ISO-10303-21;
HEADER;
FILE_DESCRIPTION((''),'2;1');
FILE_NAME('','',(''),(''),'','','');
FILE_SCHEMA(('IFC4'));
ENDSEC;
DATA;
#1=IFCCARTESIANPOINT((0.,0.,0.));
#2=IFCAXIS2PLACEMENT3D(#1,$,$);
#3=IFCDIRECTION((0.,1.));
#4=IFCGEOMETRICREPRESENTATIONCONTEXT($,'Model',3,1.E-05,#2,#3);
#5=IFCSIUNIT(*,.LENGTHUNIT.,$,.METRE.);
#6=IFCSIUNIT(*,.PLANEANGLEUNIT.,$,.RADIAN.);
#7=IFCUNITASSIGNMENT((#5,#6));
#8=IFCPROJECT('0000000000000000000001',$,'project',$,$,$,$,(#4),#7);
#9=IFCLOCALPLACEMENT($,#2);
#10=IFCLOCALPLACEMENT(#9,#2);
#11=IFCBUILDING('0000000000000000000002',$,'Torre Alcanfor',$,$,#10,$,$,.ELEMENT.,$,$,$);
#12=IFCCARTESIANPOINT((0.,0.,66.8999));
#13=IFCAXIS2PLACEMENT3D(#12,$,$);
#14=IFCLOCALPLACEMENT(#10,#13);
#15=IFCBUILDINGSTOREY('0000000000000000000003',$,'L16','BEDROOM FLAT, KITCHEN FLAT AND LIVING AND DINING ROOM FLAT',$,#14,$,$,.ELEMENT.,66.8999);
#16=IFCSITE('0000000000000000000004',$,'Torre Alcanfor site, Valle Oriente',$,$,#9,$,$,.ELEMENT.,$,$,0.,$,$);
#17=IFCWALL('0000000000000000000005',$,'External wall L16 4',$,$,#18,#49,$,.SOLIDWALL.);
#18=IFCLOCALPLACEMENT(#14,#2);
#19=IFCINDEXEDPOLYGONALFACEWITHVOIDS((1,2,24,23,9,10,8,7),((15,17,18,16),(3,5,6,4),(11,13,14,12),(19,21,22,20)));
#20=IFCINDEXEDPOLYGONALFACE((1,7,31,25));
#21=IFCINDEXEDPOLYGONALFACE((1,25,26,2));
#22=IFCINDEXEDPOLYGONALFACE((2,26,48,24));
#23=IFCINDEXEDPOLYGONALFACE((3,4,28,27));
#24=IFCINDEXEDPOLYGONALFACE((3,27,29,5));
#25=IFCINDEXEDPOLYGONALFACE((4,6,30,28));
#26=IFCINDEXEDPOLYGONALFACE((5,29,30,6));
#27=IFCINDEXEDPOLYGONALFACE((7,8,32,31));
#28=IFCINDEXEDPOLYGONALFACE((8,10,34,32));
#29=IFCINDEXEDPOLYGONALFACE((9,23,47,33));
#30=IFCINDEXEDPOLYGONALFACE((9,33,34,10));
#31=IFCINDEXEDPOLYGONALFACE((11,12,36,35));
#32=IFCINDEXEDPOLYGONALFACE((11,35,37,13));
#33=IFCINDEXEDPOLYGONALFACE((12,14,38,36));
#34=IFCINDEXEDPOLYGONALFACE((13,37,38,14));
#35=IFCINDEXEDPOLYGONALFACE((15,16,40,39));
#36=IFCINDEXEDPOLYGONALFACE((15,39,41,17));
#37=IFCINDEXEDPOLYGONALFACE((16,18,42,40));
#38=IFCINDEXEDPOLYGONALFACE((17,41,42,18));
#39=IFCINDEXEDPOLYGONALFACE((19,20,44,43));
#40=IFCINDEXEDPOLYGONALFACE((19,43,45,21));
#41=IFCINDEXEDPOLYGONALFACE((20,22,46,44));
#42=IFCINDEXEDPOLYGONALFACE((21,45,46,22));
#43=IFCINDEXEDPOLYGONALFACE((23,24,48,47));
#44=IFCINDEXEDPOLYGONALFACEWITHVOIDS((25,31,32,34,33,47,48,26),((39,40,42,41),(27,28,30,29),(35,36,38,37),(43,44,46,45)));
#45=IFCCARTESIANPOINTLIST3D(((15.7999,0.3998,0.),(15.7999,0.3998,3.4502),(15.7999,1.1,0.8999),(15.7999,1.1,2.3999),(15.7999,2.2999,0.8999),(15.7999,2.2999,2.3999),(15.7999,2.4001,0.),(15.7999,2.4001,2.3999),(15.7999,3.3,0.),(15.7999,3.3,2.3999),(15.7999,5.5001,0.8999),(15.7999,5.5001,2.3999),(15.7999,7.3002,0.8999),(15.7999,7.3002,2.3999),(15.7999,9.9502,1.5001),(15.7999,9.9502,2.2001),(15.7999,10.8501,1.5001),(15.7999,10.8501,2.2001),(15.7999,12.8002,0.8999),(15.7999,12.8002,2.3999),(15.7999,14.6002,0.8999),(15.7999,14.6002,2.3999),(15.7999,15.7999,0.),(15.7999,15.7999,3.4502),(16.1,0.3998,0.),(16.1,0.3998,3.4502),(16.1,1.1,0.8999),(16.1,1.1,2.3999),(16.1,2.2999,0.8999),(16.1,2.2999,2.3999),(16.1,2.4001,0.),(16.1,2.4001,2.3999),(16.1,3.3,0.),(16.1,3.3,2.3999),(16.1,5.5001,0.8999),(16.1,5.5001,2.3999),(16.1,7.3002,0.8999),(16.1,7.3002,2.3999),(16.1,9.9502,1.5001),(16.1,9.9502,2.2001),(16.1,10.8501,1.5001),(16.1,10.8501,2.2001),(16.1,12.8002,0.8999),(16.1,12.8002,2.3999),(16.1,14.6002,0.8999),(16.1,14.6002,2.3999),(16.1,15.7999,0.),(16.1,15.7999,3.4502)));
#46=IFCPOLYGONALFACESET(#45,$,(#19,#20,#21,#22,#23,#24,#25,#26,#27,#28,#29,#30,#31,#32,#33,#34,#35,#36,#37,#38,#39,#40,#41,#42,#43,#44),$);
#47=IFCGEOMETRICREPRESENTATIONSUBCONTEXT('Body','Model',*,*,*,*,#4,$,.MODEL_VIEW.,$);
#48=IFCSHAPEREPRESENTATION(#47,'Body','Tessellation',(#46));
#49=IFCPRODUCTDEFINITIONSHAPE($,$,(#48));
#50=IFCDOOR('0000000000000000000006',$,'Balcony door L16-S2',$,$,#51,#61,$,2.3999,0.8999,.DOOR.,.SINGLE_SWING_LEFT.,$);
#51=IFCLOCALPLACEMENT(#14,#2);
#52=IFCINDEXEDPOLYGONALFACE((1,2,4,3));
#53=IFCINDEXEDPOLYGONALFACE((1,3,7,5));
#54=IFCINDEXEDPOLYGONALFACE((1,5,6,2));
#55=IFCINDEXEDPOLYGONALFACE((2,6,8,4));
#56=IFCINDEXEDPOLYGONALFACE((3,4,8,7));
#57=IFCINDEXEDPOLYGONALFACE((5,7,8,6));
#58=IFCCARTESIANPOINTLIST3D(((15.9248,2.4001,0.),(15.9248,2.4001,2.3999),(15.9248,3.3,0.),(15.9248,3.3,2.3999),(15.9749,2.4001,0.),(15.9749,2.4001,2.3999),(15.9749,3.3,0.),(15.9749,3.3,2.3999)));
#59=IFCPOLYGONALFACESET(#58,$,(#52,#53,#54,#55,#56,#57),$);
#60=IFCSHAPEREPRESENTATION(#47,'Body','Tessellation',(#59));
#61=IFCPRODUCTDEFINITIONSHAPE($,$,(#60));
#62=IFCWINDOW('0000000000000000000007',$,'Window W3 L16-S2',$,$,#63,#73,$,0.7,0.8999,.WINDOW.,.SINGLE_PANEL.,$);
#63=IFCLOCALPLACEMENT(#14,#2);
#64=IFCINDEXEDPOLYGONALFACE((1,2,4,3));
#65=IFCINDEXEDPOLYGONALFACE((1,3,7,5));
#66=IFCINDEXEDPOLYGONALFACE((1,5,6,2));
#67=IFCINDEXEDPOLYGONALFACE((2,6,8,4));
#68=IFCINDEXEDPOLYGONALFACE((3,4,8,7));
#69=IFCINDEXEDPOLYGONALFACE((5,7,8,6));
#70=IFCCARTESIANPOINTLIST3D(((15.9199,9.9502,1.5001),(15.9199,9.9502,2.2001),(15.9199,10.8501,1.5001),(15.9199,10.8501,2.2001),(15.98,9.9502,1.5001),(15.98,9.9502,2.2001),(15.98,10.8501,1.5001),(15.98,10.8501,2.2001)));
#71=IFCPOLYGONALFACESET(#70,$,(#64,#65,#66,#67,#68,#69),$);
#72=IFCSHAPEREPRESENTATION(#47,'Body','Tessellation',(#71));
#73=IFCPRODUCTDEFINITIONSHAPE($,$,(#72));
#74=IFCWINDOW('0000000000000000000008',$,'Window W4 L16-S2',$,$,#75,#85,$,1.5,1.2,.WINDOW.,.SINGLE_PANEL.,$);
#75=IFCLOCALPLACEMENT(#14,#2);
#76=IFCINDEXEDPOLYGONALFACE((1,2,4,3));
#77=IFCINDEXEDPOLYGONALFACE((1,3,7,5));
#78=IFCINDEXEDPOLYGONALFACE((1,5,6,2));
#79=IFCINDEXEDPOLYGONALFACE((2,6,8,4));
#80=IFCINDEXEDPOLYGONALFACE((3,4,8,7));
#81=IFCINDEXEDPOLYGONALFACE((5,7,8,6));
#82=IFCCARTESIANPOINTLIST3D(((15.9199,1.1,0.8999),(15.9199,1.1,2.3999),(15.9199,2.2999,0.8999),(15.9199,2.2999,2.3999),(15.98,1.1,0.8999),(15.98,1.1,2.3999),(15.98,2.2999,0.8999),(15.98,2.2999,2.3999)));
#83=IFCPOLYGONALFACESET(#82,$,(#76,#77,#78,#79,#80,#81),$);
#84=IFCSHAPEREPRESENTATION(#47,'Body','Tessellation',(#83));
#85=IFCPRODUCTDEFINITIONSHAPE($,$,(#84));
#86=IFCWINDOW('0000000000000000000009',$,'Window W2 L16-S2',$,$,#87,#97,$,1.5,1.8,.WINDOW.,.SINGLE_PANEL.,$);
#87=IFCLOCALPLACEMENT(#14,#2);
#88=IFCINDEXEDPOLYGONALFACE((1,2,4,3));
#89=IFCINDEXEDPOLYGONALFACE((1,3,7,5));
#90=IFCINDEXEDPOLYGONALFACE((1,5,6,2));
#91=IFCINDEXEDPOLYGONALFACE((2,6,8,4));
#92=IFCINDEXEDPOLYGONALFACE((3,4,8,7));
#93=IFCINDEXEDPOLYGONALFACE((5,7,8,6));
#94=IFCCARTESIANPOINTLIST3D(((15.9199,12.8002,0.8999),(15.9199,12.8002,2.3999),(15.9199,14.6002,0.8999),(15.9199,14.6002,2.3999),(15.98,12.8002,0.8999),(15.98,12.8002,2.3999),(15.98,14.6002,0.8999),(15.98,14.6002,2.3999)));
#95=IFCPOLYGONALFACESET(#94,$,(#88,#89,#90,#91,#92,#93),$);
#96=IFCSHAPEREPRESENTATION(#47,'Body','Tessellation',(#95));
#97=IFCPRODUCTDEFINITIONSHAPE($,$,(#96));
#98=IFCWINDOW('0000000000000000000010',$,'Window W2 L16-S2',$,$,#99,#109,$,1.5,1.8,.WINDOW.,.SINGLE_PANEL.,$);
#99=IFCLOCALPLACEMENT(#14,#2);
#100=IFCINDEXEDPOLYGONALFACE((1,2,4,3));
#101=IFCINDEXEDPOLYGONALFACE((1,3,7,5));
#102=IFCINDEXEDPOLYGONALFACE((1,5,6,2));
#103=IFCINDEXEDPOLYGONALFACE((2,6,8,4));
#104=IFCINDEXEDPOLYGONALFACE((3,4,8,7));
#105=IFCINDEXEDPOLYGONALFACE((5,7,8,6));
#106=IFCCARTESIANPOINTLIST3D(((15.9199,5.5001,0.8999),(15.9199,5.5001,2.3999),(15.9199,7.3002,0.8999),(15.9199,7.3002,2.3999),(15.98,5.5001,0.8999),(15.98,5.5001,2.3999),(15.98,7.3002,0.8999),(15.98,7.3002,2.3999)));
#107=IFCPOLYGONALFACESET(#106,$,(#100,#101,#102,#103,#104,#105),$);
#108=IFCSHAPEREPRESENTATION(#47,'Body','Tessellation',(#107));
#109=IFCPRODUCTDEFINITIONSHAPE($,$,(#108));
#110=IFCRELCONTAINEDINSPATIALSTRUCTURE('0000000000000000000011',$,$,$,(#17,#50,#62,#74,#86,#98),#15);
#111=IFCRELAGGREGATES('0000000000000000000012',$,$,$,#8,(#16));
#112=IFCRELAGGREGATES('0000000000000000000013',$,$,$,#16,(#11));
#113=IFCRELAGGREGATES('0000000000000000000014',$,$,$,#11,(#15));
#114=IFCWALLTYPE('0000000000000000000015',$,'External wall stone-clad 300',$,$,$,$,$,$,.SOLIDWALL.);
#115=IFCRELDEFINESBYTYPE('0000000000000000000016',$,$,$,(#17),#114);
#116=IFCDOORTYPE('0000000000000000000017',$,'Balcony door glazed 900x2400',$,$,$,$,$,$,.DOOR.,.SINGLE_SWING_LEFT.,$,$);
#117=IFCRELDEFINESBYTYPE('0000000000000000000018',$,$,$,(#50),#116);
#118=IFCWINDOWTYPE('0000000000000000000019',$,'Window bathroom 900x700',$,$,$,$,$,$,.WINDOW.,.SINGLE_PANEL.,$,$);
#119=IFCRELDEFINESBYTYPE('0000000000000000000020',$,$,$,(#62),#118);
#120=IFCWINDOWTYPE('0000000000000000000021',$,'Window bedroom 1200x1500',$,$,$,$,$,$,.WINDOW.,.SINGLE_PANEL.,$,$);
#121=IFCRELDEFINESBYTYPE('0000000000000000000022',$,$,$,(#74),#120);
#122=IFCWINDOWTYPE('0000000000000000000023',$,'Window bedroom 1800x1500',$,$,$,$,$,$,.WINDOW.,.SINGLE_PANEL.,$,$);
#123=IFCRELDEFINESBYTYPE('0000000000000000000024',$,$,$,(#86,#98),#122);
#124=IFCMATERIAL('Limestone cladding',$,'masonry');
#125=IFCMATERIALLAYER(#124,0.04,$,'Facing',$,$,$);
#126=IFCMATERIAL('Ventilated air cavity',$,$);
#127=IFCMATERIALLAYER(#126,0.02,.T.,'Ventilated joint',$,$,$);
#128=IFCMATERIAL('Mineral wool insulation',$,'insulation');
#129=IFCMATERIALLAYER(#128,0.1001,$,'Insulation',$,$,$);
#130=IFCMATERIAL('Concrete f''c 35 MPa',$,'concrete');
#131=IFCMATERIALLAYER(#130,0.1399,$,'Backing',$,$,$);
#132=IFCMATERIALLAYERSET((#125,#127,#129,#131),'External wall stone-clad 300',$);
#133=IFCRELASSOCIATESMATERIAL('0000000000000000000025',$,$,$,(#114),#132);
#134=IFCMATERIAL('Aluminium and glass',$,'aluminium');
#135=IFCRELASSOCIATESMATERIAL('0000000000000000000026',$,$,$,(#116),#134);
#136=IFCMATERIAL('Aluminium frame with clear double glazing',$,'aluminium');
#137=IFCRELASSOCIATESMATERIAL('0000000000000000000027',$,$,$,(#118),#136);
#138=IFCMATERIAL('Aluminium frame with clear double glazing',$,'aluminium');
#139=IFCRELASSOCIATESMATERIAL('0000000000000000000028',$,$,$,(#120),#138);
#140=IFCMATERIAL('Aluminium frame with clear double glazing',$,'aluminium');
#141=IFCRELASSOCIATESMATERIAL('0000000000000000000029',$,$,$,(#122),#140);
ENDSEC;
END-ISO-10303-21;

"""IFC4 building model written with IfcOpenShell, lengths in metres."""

from ifc_helpers import new_model, si_unit, direction, frame, frame_2d, origin, place, context, subcontext, project, spatial, rectangle, extrude, material, layer, layer_set, type_object, element, fill, save


model = new_model("IFC4")

# Units and contexts
model_context = context("Model", 3, precision=1e-05, world=origin(), true_north=direction((0.0, 1.0)))
body_context = subcontext(model_context, "Body", "Model", "MODEL_VIEW")
ifc_project = project(units=[si_unit("LENGTHUNIT", "METRE"), si_unit("PLANEANGLEUNIT", "RADIAN")], contexts=[model_context])

# Site, building, storey
site_placement = place(None, origin())
site = spatial("IfcSite", under=ifc_project, at=site_placement, Name="Torre Alcanfor site, Valle Oriente", CompositionType="ELEMENT", RefElevation=0.0)
building_placement = place(site_placement, origin())
building = spatial("IfcBuilding", under=site, at=building_placement, Name="Torre Alcanfor", CompositionType="ELEMENT")
storey_placement = place(building_placement, frame((0.0, 0.0, 66.8999)))
storey = spatial("IfcBuildingStorey", under=building, at=storey_placement, Name="L16", Description="BEDROOM FLAT, KITCHEN FLAT AND LIVING AND DINING ROOM FLAT", CompositionType="ELEMENT", Elevation=66.8999)

# Wall, openings, door, windows
ifc_material_1 = material(Name="Limestone cladding", Category="masonry")
ifc_layer_1 = layer(ifc_material_1, 0.04, Name="Facing")
ifc_material_2 = material(Name="Ventilated air cavity")
ifc_layer_2 = layer(ifc_material_2, 0.02, ventilated=True, Name="Ventilated joint")
ifc_material_3 = material(Name="Mineral wool insulation", Category="insulation")
ifc_layer_3 = layer(ifc_material_3, 0.1001, Name="Insulation")
ifc_material_4 = material(Name="Concrete f'c 35 MPa", Category="concrete")
ifc_layer_4 = layer(ifc_material_4, 0.1399, Name="Backing")
ifc_layer_set_1 = layer_set([ifc_layer_1, ifc_layer_2, ifc_layer_3, ifc_layer_4], Name="External wall stone-clad 300")
wall_type_1 = type_object("IfcWallType", Name="External wall stone-clad 300", PredefinedType="SOLIDWALL", material=ifc_layer_set_1)
ifc_material_5 = material(Name="Aluminium and glass", Category="aluminium")
door_type = type_object("IfcDoorType", Name="Balcony door glazed 900x2400", OperationType="SINGLE_SWING_LEFT", PredefinedType="DOOR", material=ifc_material_5)
ifc_material_6 = material(Name="Aluminium frame with clear double glazing", Category="aluminium")
window_type_1 = type_object("IfcWindowType", Name="Window bathroom 900x700", PartitioningType="SINGLE_PANEL", PredefinedType="WINDOW", material=ifc_material_6)
ifc_material_7 = material(Name="Aluminium frame with clear double glazing", Category="aluminium")
window_type_2 = type_object("IfcWindowType", Name="Window bedroom 1200x1500", PartitioningType="SINGLE_PANEL", PredefinedType="WINDOW", material=ifc_material_7)
ifc_material_8 = material(Name="Aluminium frame with clear double glazing", Category="aluminium")
window_type_3 = type_object("IfcWindowType", Name="Window bedroom 1800x1500", PartitioningType="SINGLE_PANEL", PredefinedType="WINDOW", material=ifc_material_8)
wall_1_placement = place(storey_placement, frame((15.95, 15.8, 0.0), z_axis=(0.0, 0.0, 1.0), x_axis=(0.0, -1.0, 0.0)))
wall_1 = element("IfcWall", 1, at=wall_1_placement, inside=storey, type_object=wall_type_1, Name="External wall L16 4", PredefinedType="SOLIDWALL", context=body_context, shape_type="SweptSolid", body=[
    extrude(rectangle(XDim=15.4001, YDim=0.3, at=frame_2d((7.7002, 0.0))), origin(), (0.0, 0.0, 1.0), 3.4502),
])
opening_1_placement = place(wall_1_placement, frame((1.2, 0.0, 0.8999)))
opening_1 = element("IfcOpeningElement", 2, at=opening_1_placement, cuts=wall_1, PredefinedType="OPENING", context=body_context, shape_type="SweptSolid", body=[
    extrude(rectangle(XDim=1.8, YDim=1.5, at=frame_2d((0.8999, 0.75))), frame((0.0, 0.1599, 0.0), z_axis=(0.0, -1.0, 0.0), x_axis=(1.0, 0.0, 0.0)), (0.0, 0.0, 1.0), 0.3201),
])
opening_2_placement = place(wall_1_placement, frame((4.95, 0.0, 1.5)))
opening_2 = element("IfcOpeningElement", 3, at=opening_2_placement, cuts=wall_1, PredefinedType="OPENING", context=body_context, shape_type="SweptSolid", body=[
    extrude(rectangle(XDim=0.8999, YDim=0.7, at=frame_2d((0.45, 0.3501))), frame((0.0, 0.1599, 0.0), z_axis=(0.0, -1.0, 0.0), x_axis=(1.0, 0.0, 0.0)), (0.0, 0.0, 1.0), 0.3201),
])
opening_3_placement = place(wall_1_placement, frame((8.5, 0.0, 0.8999)))
opening_3 = element("IfcOpeningElement", 4, at=opening_3_placement, cuts=wall_1, PredefinedType="OPENING", context=body_context, shape_type="SweptSolid", body=[
    extrude(rectangle(XDim=1.8, YDim=1.5, at=frame_2d((0.8999, 0.75))), frame((0.0, 0.1599, 0.0), z_axis=(0.0, -1.0, 0.0), x_axis=(1.0, 0.0, 0.0)), (0.0, 0.0, 1.0), 0.3201),
])
opening_4_placement = place(wall_1_placement, frame((12.5, 0.0, 0.0)))
opening_4 = element("IfcOpeningElement", 5, at=opening_4_placement, cuts=wall_1, PredefinedType="OPENING", context=body_context, shape_type="SweptSolid", body=[
    extrude(rectangle(XDim=0.8999, YDim=2.3999, at=frame_2d((0.45, 1.2))), frame((0.0, 0.1599, 0.0), z_axis=(0.0, -1.0, 0.0), x_axis=(1.0, 0.0, 0.0)), (0.0, 0.0, 1.0), 0.3201),
])
opening_5_placement = place(wall_1_placement, frame((13.5, 0.0, 0.8999)))
opening_5 = element("IfcOpeningElement", 6, at=opening_5_placement, cuts=wall_1, PredefinedType="OPENING", context=body_context, shape_type="SweptSolid", body=[
    extrude(rectangle(XDim=1.2, YDim=1.5, at=frame_2d((0.6001, 0.75))), frame((0.0, 0.1599, 0.0), z_axis=(0.0, -1.0, 0.0), x_axis=(1.0, 0.0, 0.0)), (0.0, 0.0, 1.0), 0.3201),
])
door_1_placement = place(opening_4_placement, origin())
door_1 = element("IfcDoor", 7, at=door_1_placement, inside=storey, type_object=door_type, Name="Balcony door L16-S2", OperationType="SINGLE_SWING_LEFT", OverallHeight=2.3999, OverallWidth=0.8999, PredefinedType="DOOR", context=body_context, shape_type="SweptSolid", body=[
    extrude(rectangle(XDim=0.8999, YDim=2.3999, at=frame_2d((0.45, 1.2))), frame((0.0, 0.0249, 0.0), z_axis=(0.0, -1.0, 0.0), x_axis=(1.0, 0.0, 0.0)), (0.0, 0.0, 1.0), 0.05),
])
fill(opening_4, door_1)
window_1_placement = place(opening_2_placement, origin())
window_1 = element("IfcWindow", 8, at=window_1_placement, inside=storey, type_object=window_type_1, Name="Window W3 L16-S2", OverallHeight=0.7, OverallWidth=0.8999, PartitioningType="SINGLE_PANEL", PredefinedType="WINDOW", context=body_context, shape_type="SweptSolid", body=[
    extrude(rectangle(XDim=0.8999, YDim=0.7, at=frame_2d((0.45, 0.3501))), frame((0.0, 0.03, 0.0), z_axis=(0.0, -1.0, 0.0), x_axis=(1.0, 0.0, 0.0)), (0.0, 0.0, 1.0), 0.0601),
])
fill(opening_2, window_1)
window_2_placement = place(opening_5_placement, origin())
window_2 = element("IfcWindow", 9, at=window_2_placement, inside=storey, type_object=window_type_2, Name="Window W4 L16-S2", OverallHeight=1.5, OverallWidth=1.2, PartitioningType="SINGLE_PANEL", PredefinedType="WINDOW", context=body_context, shape_type="SweptSolid", body=[
    extrude(rectangle(XDim=1.2, YDim=1.5, at=frame_2d((0.6001, 0.75))), frame((0.0, 0.03, 0.0), z_axis=(0.0, -1.0, 0.0), x_axis=(1.0, 0.0, 0.0)), (0.0, 0.0, 1.0), 0.0601),
])
fill(opening_5, window_2)
window_3_placement = place(opening_1_placement, origin())
window_3 = element("IfcWindow", 10, at=window_3_placement, inside=storey, type_object=window_type_3, Name="Window W2 L16-S2", OverallHeight=1.5, OverallWidth=1.8, PartitioningType="SINGLE_PANEL", PredefinedType="WINDOW", context=body_context, shape_type="SweptSolid", body=[
    extrude(rectangle(XDim=1.8, YDim=1.5, at=frame_2d((0.8999, 0.75))), frame((0.0, 0.03, 0.0), z_axis=(0.0, -1.0, 0.0), x_axis=(1.0, 0.0, 0.0)), (0.0, 0.0, 1.0), 0.0601),
])
fill(opening_1, window_3)
window_4_placement = place(opening_3_placement, origin())
window_4 = element("IfcWindow", 11, at=window_4_placement, inside=storey, type_object=window_type_3, Name="Window W2 L16-S2", OverallHeight=1.5, OverallWidth=1.8, PartitioningType="SINGLE_PANEL", PredefinedType="WINDOW", context=body_context, shape_type="SweptSolid", body=[
    extrude(rectangle(XDim=1.8, YDim=1.5, at=frame_2d((0.8999, 0.75))), frame((0.0, 0.03, 0.0), z_axis=(0.0, -1.0, 0.0), x_axis=(1.0, 0.0, 0.0)), (0.0, 0.0, 1.0), 0.0601),
])
fill(opening_3, window_4)

save(model, "model.ifc")
